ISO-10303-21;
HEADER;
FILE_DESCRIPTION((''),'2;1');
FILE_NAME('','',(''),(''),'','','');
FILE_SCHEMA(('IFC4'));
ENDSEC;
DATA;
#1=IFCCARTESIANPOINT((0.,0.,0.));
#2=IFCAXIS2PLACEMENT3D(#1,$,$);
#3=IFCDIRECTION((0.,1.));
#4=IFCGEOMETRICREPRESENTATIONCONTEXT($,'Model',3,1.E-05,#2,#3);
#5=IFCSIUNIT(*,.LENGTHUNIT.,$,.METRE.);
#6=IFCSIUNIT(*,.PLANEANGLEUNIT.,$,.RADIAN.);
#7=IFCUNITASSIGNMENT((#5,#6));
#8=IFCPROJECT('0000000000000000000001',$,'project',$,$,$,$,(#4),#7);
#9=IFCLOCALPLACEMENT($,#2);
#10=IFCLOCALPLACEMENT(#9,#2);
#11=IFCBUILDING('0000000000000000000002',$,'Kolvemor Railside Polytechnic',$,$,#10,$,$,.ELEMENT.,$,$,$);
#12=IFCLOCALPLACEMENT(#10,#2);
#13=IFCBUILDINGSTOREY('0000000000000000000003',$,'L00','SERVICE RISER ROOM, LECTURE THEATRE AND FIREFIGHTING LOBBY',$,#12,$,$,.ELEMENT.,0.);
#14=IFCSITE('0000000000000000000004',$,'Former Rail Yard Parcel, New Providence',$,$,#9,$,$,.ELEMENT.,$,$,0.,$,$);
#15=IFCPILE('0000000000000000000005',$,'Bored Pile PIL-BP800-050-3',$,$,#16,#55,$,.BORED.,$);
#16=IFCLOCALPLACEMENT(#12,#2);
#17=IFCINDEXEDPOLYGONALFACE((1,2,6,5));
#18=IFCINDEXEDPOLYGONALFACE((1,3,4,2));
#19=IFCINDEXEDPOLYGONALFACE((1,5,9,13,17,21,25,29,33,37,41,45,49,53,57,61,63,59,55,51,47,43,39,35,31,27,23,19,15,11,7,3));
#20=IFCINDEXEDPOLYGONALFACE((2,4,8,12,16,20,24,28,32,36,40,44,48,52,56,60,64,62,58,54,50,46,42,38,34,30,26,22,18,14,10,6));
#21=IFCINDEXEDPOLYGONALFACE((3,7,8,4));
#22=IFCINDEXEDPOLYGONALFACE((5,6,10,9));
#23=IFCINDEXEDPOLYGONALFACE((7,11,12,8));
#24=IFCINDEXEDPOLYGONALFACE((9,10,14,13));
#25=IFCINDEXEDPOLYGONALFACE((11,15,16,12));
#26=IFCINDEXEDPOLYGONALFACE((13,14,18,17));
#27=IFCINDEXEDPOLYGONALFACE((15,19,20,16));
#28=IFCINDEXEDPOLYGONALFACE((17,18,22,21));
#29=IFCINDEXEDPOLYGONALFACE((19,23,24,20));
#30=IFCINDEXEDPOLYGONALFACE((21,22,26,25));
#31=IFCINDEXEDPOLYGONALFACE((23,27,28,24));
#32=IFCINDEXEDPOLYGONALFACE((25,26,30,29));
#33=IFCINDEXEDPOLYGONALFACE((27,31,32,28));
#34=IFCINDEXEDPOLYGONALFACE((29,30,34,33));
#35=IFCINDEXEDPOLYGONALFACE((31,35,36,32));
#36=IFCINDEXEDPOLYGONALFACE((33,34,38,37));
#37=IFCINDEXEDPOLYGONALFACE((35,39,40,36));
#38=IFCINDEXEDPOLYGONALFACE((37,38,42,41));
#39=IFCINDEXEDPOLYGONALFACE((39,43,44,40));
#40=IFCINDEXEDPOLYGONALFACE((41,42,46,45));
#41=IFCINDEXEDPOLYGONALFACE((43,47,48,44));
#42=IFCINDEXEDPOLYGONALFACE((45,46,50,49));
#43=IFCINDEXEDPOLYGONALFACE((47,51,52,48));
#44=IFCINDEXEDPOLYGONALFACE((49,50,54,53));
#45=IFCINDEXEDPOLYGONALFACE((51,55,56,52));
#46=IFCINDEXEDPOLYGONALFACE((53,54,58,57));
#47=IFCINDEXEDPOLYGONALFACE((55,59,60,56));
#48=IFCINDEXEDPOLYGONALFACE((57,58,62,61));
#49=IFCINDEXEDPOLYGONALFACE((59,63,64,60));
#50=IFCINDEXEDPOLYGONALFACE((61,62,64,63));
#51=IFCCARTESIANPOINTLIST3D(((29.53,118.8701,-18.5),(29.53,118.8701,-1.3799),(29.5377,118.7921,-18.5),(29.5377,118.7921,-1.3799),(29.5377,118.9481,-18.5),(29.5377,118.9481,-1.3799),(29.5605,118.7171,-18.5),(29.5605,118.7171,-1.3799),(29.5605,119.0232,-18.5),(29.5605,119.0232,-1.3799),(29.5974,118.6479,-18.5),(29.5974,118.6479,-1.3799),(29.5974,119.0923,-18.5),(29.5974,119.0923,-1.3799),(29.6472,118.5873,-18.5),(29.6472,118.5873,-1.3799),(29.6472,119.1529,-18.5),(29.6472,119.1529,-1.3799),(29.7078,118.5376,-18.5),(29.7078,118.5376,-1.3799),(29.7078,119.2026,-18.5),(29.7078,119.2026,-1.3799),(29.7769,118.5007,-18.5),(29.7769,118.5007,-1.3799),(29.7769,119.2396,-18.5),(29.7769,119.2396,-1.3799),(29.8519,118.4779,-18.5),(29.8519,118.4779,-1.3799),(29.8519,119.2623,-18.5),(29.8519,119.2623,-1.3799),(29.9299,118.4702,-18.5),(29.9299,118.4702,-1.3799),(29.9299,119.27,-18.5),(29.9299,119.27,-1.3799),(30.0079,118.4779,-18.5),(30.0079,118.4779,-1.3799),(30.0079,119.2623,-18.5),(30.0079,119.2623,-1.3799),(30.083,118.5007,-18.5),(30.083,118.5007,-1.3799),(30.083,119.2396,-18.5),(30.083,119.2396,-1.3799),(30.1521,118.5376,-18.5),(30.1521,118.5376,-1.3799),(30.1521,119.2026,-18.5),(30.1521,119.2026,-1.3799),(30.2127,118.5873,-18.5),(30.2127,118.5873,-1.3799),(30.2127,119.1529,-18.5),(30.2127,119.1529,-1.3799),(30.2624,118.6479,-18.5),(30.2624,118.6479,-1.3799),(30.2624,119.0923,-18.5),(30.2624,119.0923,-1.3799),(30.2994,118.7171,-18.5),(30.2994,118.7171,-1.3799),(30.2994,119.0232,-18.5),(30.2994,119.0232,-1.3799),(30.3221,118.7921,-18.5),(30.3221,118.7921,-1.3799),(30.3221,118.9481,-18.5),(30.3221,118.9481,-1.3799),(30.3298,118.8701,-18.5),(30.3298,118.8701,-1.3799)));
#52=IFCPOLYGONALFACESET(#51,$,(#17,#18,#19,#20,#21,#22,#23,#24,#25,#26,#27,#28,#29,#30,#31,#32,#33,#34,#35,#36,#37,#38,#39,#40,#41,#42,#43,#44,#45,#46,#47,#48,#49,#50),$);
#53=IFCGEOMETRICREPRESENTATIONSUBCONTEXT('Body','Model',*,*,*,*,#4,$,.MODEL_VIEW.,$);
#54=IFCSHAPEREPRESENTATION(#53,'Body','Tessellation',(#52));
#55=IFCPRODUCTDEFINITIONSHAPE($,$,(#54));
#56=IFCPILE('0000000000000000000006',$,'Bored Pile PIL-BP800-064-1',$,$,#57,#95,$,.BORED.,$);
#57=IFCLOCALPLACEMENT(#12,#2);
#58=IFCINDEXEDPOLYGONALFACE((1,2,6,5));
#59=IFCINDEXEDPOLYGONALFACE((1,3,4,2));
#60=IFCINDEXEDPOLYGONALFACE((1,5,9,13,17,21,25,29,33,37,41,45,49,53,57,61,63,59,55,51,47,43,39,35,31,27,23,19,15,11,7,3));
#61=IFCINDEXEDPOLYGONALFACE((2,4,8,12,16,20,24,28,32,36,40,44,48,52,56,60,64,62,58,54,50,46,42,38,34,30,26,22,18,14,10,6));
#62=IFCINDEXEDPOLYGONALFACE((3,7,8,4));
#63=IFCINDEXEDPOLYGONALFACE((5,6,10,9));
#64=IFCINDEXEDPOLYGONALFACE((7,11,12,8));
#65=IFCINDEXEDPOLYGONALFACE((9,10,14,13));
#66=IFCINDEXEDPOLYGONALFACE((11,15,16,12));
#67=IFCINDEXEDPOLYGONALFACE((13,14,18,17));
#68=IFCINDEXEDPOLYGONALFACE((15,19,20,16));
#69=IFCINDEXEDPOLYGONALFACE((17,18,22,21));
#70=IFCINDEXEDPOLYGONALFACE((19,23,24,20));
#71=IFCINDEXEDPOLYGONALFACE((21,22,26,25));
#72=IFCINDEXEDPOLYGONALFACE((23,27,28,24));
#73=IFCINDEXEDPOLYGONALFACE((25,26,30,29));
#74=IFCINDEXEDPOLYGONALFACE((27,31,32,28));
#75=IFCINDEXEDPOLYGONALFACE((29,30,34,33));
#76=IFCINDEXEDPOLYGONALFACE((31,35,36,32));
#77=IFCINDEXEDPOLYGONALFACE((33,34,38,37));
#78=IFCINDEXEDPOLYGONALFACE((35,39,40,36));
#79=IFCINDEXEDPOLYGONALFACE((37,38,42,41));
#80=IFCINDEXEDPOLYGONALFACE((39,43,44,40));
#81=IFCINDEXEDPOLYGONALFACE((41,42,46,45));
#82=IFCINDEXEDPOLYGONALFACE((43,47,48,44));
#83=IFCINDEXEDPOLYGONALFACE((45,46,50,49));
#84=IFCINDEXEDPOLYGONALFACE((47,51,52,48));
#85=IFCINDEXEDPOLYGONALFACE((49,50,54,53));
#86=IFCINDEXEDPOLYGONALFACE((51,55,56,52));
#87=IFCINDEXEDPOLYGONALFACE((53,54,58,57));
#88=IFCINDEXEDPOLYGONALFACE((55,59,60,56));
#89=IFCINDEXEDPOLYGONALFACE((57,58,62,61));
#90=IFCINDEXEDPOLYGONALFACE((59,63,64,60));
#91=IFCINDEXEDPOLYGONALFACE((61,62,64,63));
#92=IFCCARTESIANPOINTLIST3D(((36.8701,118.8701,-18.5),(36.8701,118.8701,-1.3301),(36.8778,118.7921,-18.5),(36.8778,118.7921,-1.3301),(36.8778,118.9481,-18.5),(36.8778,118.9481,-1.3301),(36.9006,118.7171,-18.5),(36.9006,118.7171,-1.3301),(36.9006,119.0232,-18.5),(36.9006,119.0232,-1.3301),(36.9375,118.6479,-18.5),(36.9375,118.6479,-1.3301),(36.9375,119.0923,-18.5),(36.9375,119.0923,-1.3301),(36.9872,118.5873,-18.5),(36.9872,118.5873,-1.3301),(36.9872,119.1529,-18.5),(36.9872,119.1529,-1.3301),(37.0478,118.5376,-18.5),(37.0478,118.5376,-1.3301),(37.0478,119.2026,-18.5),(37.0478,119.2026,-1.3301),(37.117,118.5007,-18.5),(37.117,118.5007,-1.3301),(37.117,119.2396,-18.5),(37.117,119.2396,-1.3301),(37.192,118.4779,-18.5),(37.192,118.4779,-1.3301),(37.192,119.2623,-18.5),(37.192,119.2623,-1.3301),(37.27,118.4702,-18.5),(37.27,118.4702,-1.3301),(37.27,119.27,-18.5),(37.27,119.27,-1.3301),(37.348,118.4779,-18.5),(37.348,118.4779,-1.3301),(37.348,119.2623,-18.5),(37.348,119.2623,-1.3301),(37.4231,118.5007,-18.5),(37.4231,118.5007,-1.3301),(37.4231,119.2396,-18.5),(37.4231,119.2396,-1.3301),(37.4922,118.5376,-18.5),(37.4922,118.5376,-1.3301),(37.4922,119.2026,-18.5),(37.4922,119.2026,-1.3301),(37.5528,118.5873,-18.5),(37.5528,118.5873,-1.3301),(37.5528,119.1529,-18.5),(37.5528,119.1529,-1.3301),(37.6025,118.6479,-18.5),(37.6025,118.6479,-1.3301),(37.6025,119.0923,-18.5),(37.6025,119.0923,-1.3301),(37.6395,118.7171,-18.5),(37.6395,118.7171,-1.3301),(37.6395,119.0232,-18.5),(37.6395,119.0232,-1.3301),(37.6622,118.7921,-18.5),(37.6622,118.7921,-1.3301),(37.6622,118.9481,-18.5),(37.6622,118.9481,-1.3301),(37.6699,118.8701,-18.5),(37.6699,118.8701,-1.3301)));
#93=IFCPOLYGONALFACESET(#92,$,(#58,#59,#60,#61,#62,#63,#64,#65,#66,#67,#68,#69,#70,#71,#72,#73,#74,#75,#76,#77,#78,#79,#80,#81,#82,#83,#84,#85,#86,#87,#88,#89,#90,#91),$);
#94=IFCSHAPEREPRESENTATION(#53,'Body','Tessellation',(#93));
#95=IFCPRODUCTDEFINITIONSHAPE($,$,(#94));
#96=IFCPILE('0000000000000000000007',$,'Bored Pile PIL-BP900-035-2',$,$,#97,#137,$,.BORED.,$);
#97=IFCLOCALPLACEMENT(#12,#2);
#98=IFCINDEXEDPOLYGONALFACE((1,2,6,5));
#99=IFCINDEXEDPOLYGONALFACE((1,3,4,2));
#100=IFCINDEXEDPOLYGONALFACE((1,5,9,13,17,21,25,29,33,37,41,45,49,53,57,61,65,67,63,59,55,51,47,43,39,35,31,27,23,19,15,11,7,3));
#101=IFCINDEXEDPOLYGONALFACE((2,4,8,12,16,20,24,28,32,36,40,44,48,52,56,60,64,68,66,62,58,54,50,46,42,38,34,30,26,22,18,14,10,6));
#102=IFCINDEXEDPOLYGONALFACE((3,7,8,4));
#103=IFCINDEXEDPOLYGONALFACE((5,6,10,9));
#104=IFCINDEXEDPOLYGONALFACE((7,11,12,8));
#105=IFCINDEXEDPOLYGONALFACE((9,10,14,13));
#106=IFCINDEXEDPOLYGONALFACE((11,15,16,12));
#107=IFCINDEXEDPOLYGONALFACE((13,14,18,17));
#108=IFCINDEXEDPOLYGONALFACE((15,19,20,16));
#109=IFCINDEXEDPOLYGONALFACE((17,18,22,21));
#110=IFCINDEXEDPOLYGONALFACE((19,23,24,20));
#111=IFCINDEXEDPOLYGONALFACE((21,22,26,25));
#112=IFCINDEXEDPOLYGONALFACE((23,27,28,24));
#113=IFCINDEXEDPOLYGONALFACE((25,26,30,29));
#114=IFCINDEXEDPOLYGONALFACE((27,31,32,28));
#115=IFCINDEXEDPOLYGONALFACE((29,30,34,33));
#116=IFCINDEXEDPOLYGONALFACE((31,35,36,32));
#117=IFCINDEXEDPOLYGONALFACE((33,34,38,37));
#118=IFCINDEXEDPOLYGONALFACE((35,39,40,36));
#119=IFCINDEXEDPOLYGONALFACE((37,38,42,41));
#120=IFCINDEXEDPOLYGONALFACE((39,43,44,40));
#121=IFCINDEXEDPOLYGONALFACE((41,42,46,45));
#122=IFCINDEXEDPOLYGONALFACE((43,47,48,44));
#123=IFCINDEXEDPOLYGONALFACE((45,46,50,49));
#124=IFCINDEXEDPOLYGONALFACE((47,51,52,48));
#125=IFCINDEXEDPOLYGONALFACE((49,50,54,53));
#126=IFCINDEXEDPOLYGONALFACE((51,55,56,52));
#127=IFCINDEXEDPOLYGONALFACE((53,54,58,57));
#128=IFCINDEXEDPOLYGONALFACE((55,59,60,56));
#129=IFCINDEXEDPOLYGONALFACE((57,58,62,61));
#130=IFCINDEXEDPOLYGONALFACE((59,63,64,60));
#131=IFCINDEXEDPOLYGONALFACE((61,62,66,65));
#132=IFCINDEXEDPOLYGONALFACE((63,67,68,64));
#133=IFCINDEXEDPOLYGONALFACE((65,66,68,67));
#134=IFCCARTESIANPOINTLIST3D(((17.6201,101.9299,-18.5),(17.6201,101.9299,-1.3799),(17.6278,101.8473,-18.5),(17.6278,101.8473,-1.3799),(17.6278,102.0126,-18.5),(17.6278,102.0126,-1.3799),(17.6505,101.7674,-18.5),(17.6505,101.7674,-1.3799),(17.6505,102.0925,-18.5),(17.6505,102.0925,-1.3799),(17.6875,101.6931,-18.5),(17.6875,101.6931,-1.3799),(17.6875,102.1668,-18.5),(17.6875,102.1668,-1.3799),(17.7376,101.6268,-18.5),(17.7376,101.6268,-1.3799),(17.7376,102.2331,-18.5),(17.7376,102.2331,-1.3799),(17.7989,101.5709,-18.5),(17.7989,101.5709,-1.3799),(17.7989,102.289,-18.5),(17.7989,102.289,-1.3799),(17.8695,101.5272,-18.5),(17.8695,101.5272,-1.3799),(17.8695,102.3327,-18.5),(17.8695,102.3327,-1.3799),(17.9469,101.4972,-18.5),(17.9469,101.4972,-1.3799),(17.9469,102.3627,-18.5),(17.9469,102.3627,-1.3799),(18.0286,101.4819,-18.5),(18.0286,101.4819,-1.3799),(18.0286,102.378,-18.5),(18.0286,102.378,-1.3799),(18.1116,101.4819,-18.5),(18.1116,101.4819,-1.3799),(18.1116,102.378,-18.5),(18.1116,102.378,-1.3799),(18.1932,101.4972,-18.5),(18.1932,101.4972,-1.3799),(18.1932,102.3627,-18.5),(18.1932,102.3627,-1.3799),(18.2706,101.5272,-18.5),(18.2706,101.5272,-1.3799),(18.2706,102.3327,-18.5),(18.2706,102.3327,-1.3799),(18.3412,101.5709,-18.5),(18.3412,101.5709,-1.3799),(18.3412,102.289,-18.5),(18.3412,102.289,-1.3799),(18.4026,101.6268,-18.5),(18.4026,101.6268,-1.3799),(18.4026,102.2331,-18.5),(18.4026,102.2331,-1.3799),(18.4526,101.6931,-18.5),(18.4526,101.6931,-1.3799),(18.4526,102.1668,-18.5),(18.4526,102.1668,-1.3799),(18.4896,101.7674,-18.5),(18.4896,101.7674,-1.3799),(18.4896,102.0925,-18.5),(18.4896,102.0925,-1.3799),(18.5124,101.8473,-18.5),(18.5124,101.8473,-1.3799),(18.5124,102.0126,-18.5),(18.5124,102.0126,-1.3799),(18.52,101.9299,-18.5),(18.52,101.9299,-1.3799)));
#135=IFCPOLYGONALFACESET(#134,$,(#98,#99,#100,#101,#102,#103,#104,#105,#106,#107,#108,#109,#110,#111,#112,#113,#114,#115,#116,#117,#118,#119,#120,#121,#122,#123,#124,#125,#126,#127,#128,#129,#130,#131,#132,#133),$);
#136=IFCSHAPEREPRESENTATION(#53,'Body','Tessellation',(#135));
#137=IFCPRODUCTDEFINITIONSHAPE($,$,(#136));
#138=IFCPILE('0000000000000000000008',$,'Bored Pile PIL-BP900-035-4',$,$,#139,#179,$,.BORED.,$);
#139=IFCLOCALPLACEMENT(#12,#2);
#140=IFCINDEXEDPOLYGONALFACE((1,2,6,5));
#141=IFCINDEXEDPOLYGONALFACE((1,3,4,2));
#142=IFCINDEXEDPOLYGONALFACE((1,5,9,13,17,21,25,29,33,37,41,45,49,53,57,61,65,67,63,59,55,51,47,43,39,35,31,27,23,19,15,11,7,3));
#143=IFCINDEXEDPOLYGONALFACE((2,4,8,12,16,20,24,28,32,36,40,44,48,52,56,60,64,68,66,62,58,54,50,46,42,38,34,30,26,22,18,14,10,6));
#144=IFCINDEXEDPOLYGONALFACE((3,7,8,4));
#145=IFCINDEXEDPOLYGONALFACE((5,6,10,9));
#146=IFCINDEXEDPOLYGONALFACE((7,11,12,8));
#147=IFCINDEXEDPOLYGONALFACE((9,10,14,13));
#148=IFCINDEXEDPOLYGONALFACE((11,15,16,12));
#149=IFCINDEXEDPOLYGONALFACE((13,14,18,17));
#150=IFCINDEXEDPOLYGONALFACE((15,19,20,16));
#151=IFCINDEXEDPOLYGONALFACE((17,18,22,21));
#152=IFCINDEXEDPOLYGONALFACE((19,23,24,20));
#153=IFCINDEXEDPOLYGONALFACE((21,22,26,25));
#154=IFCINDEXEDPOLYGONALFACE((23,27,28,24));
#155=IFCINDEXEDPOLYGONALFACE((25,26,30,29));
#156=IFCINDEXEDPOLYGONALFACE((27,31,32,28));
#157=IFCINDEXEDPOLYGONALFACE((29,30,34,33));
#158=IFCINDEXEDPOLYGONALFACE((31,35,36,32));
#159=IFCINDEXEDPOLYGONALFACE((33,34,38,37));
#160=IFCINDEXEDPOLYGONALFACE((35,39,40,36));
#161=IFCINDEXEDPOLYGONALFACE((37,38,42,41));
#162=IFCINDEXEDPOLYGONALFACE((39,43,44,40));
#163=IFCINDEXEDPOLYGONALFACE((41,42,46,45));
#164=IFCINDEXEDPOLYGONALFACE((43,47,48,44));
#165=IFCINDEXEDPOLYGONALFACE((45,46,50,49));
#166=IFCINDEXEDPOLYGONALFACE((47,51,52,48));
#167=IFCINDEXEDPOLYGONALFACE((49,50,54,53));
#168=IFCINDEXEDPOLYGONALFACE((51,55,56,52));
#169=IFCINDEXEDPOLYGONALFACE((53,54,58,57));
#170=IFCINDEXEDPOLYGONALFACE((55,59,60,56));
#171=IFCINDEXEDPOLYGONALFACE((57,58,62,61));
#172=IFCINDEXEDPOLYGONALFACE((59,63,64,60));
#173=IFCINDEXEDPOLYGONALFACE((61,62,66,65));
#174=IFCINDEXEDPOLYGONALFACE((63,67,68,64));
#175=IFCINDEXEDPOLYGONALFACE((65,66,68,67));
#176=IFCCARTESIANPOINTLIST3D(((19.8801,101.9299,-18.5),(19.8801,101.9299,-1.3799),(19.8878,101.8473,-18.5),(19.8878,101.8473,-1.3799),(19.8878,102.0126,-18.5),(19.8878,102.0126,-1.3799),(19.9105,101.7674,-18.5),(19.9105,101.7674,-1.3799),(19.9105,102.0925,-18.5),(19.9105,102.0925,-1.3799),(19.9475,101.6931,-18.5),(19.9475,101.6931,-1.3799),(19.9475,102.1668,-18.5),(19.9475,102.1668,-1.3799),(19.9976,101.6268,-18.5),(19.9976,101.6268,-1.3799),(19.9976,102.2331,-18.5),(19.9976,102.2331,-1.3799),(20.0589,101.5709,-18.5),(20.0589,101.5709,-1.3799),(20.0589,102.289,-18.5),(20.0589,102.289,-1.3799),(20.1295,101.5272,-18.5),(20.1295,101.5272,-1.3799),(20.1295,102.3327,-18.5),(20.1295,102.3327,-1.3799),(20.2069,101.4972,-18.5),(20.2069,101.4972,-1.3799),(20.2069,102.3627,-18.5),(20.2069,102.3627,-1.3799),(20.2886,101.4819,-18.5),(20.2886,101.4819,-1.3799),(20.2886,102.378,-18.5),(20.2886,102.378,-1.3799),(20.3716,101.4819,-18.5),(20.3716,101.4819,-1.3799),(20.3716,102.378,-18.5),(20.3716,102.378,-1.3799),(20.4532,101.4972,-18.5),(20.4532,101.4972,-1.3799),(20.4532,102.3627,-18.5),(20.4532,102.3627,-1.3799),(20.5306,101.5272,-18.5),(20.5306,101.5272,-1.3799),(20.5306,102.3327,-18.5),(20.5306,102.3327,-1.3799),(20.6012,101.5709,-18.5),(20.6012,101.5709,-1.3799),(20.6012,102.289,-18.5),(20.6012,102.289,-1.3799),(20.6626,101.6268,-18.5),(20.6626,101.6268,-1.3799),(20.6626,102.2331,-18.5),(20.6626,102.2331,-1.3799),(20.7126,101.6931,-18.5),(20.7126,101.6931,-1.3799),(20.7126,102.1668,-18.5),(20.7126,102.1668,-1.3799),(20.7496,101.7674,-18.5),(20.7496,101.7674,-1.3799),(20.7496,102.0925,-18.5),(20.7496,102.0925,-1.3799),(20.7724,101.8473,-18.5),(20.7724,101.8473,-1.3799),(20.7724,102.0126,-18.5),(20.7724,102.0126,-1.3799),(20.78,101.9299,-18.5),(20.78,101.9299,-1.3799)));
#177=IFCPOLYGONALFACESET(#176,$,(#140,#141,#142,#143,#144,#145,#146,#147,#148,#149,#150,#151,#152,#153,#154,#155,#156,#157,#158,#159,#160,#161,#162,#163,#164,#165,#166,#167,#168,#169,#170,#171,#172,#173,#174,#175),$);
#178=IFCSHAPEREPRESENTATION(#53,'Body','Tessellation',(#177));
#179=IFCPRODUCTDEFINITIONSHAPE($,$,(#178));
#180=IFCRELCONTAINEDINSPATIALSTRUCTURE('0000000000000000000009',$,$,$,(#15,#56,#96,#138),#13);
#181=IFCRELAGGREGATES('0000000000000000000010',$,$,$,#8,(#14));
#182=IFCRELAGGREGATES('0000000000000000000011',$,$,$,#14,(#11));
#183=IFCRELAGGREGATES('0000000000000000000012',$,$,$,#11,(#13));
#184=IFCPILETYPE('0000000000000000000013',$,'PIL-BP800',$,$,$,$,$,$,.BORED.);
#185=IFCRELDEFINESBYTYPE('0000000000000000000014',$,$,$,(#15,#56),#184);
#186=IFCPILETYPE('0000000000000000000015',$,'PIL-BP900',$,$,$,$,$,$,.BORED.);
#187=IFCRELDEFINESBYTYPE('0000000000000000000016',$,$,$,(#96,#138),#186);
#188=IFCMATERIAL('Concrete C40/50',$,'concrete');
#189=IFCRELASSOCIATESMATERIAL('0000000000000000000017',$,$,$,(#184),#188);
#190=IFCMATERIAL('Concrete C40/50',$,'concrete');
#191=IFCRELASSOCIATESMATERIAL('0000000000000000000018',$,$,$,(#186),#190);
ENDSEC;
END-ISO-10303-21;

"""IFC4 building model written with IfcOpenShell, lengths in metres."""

from ifc_helpers import new_model, si_unit, direction, frame, origin, origin_2d, place, context, subcontext, project, spatial, circle, extrude, material, material_profile, profile_set, type_object, element, save


model = new_model("IFC4")

# Units and contexts
model_context = context("Model", 3, precision=1e-05, world=origin(), true_north=direction((0.0, 1.0)))
body_context = subcontext(model_context, "Body", "Model", "MODEL_VIEW")
ifc_project = project(units=[si_unit("LENGTHUNIT", "METRE"), si_unit("PLANEANGLEUNIT", "RADIAN")], contexts=[model_context])

# Site, building, storey
site_placement = place(None, origin())
site = spatial("IfcSite", under=ifc_project, at=site_placement, Name="Former Rail Yard Parcel, New Providence", CompositionType="ELEMENT", RefElevation=0.0)
building_placement = place(site_placement, origin())
building = spatial("IfcBuilding", under=site, at=building_placement, Name="Kolvemor Railside Polytechnic", CompositionType="ELEMENT")
storey_placement = place(building_placement, origin())
storey = spatial("IfcBuildingStorey", under=building, at=storey_placement, Name="L00", Description="SERVICE RISER ROOM, LECTURE THEATRE AND FIREFIGHTING LOBBY", CompositionType="ELEMENT", Elevation=0.0)

# Piles
ifc_material_1 = material(Name="Concrete C40/50", Category="concrete")
ifc_material_profile_1 = material_profile(ifc_material_1, circle(Radius=0.3999, at=origin_2d()), Name="BP800")
ifc_profile_set_1 = profile_set([ifc_material_profile_1], Name="Concrete C40/50")
pile_type_1 = type_object("IfcPileType", Name="PIL-BP800", PredefinedType="BORED", material=ifc_profile_set_1)
for number, where, z_axis, x_axis, name in (
    (1, (29.9299, 118.8701, -1.3799), (0.0, 0.0, -1.0), (1.0, 0.0, 0.0), "Bored Pile PIL-BP800-050-3"),
):
    element("IfcPile", number, at=place(storey_placement, frame(where, z_axis=z_axis, x_axis=x_axis)), inside=storey, type_object=pile_type_1, Name=name, PredefinedType="BORED", context=body_context, shape_type="SweptSolid", body=[
        extrude(circle(Radius=0.3999, at=origin_2d()), origin(), (0.0, 0.0, 1.0), 17.1201),
    ])
pile_1_placement = place(storey_placement, frame((37.27, 118.8701, -1.3301), z_axis=(0.0, 0.0, -1.0), x_axis=(1.0, 0.0, 0.0)))
element("IfcPile", 2, at=pile_1_placement, inside=storey, type_object=pile_type_1, Name="Bored Pile PIL-BP800-064-1", PredefinedType="BORED", context=body_context, shape_type="SweptSolid", body=[
    extrude(circle(Radius=0.3999, at=origin_2d()), origin(), (0.0, 0.0, 1.0), 17.1699),
])
ifc_material_2 = material(Name="Concrete C40/50", Category="concrete")
ifc_material_profile_2 = material_profile(ifc_material_2, circle(Radius=0.45, at=origin_2d()), Name="BP900")
ifc_profile_set_2 = profile_set([ifc_material_profile_2], Name="Concrete C40/50")
pile_type_2 = type_object("IfcPileType", Name="PIL-BP900", PredefinedType="BORED", material=ifc_profile_set_2)
for number, where, z_axis, x_axis, name in (
    (3, (18.0701, 101.9299, -1.3799), (0.0, 0.0, -1.0), (1.0, 0.0, 0.0), "Bored Pile PIL-BP900-035-2"),
    (4, (20.3301, 101.9299, -1.3799), (0.0, 0.0, -1.0), (1.0, 0.0, 0.0), "Bored Pile PIL-BP900-035-4"),
):
    element("IfcPile", number, at=place(storey_placement, frame(where, z_axis=z_axis, x_axis=x_axis)), inside=storey, type_object=pile_type_2, Name=name, PredefinedType="BORED", context=body_context, shape_type="SweptSolid", body=[
        extrude(circle(Radius=0.45, at=origin_2d()), origin(), (0.0, 0.0, 1.0), 17.1201),
    ])

save(model, "model.ifc")
